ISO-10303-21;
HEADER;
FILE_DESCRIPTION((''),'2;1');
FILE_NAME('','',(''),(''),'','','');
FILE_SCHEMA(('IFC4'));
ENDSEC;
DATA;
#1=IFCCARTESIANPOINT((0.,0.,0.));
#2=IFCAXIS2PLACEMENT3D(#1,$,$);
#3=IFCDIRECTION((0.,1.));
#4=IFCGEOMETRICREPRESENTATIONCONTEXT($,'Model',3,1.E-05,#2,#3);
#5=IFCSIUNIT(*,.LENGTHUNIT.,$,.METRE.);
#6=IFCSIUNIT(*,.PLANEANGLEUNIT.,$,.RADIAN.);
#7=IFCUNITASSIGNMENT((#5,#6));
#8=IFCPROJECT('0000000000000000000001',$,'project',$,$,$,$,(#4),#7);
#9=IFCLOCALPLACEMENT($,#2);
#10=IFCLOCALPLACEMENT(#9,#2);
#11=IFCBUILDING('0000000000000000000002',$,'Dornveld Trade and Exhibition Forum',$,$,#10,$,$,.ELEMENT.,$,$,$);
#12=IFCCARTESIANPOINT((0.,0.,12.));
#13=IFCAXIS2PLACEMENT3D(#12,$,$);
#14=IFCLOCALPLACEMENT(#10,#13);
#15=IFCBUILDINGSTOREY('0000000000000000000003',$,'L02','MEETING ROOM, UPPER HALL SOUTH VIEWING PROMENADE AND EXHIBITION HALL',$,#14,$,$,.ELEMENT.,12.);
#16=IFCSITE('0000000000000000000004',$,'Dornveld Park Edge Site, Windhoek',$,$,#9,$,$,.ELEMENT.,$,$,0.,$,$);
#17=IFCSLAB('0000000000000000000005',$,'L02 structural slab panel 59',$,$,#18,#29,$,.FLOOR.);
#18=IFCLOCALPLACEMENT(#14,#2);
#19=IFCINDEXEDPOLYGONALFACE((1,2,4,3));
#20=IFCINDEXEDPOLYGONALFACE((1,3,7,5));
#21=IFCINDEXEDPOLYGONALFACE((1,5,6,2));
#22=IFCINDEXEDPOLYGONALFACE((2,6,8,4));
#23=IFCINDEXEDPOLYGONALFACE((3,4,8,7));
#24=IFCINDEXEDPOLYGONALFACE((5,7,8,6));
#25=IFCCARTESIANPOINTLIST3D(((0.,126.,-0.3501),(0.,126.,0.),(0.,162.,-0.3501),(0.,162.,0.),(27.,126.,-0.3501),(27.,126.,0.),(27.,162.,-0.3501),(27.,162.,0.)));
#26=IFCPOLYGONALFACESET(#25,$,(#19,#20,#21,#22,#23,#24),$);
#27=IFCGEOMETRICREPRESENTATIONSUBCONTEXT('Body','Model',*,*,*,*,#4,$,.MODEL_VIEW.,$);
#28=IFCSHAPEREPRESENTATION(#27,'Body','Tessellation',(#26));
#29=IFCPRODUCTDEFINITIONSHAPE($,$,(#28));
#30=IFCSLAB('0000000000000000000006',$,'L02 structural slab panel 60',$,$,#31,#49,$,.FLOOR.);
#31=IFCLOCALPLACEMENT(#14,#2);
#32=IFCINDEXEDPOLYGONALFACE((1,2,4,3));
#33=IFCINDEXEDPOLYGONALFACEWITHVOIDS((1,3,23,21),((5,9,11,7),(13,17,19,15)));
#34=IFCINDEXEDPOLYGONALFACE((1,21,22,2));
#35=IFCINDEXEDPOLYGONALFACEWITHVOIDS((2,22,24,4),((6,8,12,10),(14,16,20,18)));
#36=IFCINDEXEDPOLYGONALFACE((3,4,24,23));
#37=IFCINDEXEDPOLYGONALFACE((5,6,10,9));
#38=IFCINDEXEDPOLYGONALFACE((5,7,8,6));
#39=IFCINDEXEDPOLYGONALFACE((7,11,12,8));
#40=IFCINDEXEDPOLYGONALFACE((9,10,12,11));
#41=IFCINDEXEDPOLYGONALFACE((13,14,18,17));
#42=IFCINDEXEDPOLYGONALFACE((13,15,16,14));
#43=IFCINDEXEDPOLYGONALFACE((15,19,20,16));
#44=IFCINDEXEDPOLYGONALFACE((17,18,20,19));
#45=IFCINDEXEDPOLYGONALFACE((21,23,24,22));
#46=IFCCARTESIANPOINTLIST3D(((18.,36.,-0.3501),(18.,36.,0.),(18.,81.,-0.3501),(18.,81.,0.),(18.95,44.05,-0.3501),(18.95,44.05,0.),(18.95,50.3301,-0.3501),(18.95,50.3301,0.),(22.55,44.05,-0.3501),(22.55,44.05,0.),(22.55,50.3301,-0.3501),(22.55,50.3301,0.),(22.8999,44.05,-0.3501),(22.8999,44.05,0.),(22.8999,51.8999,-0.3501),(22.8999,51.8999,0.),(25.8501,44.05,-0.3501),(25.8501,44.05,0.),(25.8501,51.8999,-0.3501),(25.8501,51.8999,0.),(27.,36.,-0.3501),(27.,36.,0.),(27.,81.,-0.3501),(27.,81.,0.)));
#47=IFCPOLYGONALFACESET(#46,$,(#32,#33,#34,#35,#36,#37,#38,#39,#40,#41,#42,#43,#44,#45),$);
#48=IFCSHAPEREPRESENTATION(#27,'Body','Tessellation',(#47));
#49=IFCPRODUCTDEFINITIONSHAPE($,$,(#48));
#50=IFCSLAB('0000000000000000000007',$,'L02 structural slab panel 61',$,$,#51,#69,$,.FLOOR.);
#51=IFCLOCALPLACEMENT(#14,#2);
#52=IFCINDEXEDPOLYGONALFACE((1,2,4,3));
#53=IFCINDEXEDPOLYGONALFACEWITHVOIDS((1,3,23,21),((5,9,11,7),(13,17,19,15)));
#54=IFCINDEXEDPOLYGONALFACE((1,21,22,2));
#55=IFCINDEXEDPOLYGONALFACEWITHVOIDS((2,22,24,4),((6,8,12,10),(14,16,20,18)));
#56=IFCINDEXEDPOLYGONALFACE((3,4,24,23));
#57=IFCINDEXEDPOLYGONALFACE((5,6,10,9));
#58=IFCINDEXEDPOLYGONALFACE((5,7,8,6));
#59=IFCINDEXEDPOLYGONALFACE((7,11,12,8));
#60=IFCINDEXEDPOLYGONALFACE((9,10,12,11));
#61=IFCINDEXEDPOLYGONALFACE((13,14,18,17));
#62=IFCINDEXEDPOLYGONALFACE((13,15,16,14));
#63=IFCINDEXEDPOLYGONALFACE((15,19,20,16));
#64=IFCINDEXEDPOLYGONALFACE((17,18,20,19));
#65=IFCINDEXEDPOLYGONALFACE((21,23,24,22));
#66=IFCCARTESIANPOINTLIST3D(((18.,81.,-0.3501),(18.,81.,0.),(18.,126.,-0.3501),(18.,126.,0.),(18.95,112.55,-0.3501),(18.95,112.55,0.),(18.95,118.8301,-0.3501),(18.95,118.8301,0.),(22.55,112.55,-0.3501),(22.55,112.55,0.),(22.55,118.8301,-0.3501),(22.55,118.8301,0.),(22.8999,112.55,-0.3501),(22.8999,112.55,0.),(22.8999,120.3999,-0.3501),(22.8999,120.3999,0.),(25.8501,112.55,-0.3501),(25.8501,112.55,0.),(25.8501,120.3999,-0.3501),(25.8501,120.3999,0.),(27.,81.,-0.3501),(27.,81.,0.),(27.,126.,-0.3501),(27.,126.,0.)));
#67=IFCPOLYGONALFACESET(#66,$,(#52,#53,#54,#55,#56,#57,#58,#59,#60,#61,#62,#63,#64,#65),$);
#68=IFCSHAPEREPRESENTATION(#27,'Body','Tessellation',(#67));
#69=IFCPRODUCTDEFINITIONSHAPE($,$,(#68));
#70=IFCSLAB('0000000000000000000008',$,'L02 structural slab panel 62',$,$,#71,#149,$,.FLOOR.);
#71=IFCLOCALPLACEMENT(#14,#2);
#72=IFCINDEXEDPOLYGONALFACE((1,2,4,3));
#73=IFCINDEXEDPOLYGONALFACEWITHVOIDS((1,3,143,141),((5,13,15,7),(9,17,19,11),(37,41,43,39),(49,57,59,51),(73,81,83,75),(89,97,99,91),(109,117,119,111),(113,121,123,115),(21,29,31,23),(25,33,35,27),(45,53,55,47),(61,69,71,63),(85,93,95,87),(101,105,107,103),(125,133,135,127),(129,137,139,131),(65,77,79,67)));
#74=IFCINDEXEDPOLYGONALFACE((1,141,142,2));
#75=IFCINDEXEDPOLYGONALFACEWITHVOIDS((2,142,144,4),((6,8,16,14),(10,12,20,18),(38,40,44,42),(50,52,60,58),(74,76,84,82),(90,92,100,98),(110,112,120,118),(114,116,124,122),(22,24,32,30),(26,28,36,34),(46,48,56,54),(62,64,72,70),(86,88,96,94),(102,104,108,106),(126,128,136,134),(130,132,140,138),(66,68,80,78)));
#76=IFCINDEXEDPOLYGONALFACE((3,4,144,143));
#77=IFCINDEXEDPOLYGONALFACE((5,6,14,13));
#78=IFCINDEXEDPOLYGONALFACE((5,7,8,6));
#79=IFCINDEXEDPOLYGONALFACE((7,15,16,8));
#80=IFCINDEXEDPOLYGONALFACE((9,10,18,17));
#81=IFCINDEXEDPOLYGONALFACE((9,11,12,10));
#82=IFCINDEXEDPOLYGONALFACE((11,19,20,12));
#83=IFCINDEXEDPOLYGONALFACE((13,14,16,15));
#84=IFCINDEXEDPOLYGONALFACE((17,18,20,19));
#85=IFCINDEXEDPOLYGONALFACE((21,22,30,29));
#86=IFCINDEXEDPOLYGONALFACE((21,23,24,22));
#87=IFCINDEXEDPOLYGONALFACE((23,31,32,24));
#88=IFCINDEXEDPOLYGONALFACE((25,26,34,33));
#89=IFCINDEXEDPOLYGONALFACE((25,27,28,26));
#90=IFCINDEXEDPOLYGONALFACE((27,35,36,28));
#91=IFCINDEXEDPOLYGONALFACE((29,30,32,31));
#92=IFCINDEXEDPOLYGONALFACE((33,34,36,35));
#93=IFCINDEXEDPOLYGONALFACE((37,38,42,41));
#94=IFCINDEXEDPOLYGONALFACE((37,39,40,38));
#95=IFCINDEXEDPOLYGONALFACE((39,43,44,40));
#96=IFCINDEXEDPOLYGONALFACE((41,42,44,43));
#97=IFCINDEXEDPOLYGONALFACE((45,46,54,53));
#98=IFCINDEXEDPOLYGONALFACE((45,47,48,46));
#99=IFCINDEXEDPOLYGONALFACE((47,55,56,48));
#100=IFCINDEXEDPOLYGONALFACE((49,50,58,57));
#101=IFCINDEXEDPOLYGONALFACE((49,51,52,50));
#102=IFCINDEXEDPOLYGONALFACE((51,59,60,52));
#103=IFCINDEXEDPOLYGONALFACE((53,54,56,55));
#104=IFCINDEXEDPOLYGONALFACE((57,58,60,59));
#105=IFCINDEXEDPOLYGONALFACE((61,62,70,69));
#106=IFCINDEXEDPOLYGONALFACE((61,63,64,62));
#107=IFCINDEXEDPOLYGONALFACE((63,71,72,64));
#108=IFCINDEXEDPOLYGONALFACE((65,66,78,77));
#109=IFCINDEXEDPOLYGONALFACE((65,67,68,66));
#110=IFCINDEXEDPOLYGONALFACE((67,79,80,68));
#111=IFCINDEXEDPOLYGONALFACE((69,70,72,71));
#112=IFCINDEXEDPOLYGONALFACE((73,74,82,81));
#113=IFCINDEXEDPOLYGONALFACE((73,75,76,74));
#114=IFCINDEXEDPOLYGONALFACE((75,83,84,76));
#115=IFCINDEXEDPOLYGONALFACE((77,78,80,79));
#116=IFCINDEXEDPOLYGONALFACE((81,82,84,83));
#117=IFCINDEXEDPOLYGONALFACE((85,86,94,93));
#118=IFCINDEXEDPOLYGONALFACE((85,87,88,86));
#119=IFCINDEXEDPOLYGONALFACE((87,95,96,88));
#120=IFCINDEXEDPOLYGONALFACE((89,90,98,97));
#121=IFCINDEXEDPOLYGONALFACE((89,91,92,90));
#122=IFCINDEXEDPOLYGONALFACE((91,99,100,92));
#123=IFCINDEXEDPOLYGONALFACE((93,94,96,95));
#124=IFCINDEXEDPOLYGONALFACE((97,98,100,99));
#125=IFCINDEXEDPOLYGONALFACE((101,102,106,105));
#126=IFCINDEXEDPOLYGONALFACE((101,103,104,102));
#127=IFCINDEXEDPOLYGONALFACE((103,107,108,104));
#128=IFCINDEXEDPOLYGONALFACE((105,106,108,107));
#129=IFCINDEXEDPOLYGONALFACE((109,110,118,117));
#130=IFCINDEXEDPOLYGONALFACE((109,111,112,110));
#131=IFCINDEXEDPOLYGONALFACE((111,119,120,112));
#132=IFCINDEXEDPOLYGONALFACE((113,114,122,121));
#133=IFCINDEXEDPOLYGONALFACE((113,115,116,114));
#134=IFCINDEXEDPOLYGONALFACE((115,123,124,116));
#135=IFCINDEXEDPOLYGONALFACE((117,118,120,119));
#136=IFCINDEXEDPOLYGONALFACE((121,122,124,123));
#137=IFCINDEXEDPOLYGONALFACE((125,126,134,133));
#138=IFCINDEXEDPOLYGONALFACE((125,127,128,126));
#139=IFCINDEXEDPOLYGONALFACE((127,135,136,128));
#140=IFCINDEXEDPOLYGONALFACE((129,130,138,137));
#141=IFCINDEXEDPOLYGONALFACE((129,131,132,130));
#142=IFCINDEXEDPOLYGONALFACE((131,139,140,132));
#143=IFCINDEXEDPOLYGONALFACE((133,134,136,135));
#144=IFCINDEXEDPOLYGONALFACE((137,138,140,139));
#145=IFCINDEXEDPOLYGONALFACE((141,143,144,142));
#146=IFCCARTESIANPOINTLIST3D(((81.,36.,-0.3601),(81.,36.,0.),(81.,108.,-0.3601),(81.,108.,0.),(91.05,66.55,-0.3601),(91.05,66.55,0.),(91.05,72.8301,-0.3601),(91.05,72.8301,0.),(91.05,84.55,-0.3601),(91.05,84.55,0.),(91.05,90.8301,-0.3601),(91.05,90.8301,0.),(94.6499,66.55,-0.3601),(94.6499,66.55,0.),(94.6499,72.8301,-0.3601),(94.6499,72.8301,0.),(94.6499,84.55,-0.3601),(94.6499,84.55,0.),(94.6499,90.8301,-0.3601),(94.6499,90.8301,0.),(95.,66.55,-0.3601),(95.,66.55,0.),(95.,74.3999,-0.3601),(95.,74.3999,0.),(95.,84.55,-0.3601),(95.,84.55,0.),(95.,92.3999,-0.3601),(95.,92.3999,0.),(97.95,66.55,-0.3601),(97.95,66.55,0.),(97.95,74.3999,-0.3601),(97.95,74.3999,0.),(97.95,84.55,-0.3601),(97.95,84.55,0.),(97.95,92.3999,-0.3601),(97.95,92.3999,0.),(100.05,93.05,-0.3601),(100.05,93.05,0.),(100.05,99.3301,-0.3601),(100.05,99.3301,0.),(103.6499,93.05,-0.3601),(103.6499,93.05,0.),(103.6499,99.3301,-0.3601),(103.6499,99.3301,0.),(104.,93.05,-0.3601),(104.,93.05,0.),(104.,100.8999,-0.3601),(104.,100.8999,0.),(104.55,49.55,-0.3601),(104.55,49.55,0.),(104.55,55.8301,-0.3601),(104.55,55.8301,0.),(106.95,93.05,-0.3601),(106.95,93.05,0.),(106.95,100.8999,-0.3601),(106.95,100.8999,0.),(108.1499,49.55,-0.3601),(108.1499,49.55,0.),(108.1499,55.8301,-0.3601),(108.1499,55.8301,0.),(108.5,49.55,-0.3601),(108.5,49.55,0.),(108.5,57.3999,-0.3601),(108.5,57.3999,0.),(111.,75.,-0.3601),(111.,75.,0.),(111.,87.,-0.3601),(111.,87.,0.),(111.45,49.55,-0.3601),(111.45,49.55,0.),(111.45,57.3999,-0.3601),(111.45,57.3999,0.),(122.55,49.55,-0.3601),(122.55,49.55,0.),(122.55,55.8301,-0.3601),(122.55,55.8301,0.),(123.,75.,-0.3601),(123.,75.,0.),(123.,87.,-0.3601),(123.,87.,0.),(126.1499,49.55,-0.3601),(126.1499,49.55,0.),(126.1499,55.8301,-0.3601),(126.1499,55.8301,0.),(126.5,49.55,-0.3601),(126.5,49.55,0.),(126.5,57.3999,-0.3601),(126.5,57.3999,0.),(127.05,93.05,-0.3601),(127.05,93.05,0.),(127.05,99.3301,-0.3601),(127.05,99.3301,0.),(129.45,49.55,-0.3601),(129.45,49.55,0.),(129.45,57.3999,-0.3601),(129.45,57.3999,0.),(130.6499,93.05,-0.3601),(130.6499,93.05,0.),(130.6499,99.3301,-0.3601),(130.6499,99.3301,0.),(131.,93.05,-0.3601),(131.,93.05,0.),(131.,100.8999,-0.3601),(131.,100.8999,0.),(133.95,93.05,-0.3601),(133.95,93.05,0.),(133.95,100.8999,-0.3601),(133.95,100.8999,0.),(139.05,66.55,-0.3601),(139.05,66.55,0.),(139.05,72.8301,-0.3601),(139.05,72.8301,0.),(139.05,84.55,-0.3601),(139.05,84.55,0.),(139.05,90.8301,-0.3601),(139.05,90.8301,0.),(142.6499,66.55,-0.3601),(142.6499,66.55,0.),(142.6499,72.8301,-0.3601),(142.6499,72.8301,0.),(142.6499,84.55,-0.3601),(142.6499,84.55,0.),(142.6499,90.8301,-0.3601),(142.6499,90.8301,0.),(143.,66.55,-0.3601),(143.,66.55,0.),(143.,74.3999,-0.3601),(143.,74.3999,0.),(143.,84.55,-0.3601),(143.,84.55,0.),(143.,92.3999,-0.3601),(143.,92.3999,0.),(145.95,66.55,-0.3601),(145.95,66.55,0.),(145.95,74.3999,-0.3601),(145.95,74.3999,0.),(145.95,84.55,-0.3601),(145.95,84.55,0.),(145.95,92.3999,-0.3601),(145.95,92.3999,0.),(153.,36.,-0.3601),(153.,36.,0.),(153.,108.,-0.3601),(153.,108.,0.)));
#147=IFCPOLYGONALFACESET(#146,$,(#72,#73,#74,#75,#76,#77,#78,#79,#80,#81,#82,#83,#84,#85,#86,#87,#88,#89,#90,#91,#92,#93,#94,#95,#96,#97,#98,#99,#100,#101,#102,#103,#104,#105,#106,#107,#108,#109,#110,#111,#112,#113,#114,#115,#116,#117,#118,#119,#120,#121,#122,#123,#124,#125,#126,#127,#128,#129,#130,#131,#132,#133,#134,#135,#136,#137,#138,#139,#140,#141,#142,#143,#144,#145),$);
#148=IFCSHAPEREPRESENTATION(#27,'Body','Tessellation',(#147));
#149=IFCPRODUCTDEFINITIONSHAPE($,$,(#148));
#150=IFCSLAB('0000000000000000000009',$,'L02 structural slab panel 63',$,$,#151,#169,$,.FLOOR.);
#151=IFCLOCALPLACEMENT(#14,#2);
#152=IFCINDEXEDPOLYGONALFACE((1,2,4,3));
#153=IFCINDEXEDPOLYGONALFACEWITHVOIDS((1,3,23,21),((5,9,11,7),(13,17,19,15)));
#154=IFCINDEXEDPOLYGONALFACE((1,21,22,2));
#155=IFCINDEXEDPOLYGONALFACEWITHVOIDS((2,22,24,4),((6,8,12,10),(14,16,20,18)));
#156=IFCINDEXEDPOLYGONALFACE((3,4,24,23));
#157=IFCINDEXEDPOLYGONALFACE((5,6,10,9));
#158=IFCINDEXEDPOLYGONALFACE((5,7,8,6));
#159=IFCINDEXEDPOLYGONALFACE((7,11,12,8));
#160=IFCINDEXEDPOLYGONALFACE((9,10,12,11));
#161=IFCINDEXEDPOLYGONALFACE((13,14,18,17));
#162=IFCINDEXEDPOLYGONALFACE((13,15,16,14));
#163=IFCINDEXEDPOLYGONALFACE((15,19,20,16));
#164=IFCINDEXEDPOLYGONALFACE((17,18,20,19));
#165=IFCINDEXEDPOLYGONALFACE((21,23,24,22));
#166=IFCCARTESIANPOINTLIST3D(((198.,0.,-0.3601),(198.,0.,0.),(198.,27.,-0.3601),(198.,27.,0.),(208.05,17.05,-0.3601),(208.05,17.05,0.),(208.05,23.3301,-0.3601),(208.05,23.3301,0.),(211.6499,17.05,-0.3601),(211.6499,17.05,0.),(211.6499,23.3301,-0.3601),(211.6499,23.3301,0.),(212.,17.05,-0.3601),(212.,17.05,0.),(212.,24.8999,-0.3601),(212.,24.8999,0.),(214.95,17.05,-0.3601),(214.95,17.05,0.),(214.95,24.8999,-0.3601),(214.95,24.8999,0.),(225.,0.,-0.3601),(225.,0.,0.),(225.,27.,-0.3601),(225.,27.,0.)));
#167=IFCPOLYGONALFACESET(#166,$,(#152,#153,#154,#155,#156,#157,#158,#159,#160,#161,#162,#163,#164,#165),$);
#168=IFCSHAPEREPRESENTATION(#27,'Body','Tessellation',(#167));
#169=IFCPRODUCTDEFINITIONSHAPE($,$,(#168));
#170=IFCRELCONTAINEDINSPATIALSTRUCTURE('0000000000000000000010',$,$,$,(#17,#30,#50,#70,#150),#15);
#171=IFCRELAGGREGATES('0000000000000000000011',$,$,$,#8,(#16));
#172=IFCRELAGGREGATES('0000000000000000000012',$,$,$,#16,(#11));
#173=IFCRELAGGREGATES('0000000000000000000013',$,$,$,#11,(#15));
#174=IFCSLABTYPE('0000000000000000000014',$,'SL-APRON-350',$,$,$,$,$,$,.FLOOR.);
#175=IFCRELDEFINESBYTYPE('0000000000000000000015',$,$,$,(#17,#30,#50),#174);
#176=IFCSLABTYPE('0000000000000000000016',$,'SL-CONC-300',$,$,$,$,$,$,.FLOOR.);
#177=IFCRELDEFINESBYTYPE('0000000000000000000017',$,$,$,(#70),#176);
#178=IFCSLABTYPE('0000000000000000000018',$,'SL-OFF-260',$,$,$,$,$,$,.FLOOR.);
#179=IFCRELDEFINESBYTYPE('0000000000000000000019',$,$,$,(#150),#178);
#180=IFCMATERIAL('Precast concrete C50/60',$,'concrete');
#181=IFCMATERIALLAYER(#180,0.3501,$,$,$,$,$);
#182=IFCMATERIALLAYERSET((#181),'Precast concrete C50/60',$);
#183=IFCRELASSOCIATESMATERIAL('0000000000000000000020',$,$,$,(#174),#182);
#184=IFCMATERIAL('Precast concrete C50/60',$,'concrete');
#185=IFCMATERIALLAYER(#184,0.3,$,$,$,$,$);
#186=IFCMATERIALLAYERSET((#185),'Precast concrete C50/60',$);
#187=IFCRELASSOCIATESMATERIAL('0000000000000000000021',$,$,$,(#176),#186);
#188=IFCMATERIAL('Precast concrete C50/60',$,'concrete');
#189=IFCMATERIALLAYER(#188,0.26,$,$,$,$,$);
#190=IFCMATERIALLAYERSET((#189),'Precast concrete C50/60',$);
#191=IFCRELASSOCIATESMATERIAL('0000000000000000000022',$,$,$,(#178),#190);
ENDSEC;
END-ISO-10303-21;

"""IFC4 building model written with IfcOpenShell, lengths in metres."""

from ifc_helpers import new_model, si_unit, direction, frame, origin, place, context, subcontext, project, spatial, polyline, outline, extrude, material, layer, layer_set, type_object, element, save


model = new_model("IFC4")

# Units and contexts
model_context = context("Model", 3, precision=1e-05, world=origin(), true_north=direction((0.0, 1.0)))
body_context = subcontext(model_context, "Body", "Model", "MODEL_VIEW")
ifc_project = project(units=[si_unit("LENGTHUNIT", "METRE"), si_unit("PLANEANGLEUNIT", "RADIAN")], contexts=[model_context])

# Site, building, storey
site_placement = place(None, origin())
site = spatial("IfcSite", under=ifc_project, at=site_placement, Name="Dornveld Park Edge Site, Windhoek", CompositionType="ELEMENT", RefElevation=0.0)
building_placement = place(site_placement, origin())
building = spatial("IfcBuilding", under=site, at=building_placement, Name="Dornveld Trade and Exhibition Forum", CompositionType="ELEMENT")
storey_placement = place(building_placement, frame((0.0, 0.0, 12.0)))
storey = spatial("IfcBuildingStorey", under=building, at=storey_placement, Name="L02", Description="MEETING ROOM, UPPER HALL SOUTH VIEWING PROMENADE AND EXHIBITION HALL", CompositionType="ELEMENT", Elevation=12.0)

# Slabs
ifc_material_1 = material(Name="Precast concrete C50/60", Category="concrete")
ifc_layer_1 = layer(ifc_material_1, 0.3501)
ifc_layer_set_1 = layer_set([ifc_layer_1], Name="Precast concrete C50/60")
slab_type_1 = type_object("IfcSlabType", Name="SL-APRON-350", PredefinedType="FLOOR", material=ifc_layer_set_1)
slab_1_placement = place(storey_placement, frame((0.0, 0.0, -0.3501)))
element("IfcSlab", 1, at=slab_1_placement, inside=storey, type_object=slab_type_1, Name="L02 structural slab panel 59", PredefinedType="FLOOR", context=body_context, shape_type="SweptSolid", body=[
    extrude(outline(polyline([(0.0, 126.0), (27.0, 126.0), (27.0, 162.0), (0.0, 162.0), (0.0, 126.0)])), origin(), (0.0, 0.0, 1.0), 0.3501),
])
slab_2_placement = place(storey_placement, frame((0.0, 0.0, -0.3501)))
element("IfcSlab", 2, at=slab_2_placement, inside=storey, type_object=slab_type_1, Name="L02 structural slab panel 60", PredefinedType="FLOOR", context=body_context, shape_type="SweptSolid", body=[
    extrude(outline(polyline([(18.0, 36.0), (27.0, 36.0), (27.0, 81.0), (18.0, 81.0), (18.0, 36.0)]), holes=[polyline([(18.95, 44.05), (22.55, 44.05), (22.55, 50.3301), (18.95, 50.3301), (18.95, 44.05)]), polyline([(22.8999, 44.05), (25.8501, 44.05), (25.8501, 51.8999), (22.8999, 51.8999), (22.8999, 44.05)])]), origin(), (0.0, 0.0, 1.0), 0.3501),
])
slab_3_placement = place(storey_placement, frame((0.0, 0.0, -0.3501)))
element("IfcSlab", 3, at=slab_3_placement, inside=storey, type_object=slab_type_1, Name="L02 structural slab panel 61", PredefinedType="FLOOR", context=body_context, shape_type="SweptSolid", body=[
    extrude(outline(polyline([(18.0, 81.0), (27.0, 81.0), (27.0, 126.0), (18.0, 126.0), (18.0, 81.0)]), holes=[polyline([(18.95, 112.55), (22.55, 112.55), (22.55, 118.8301), (18.95, 118.8301), (18.95, 112.55)]), polyline([(22.8999, 112.55), (25.8501, 112.55), (25.8501, 120.3999), (22.8999, 120.3999), (22.8999, 112.55)])]), origin(), (0.0, 0.0, 1.0), 0.3501),
])
ifc_material_2 = material(Name="Precast concrete C50/60", Category="concrete")
ifc_layer_2 = layer(ifc_material_2, 0.3)
ifc_layer_set_2 = layer_set([ifc_layer_2], Name="Precast concrete C50/60")
slab_type_2 = type_object("IfcSlabType", Name="SL-CONC-300", PredefinedType="FLOOR", material=ifc_layer_set_2)
slab_4_placement = place(storey_placement, frame((0.0, 0.0, -0.3601)))
element("IfcSlab", 4, at=slab_4_placement, inside=storey, type_object=slab_type_2, Name="L02 structural slab panel 62", PredefinedType="FLOOR", context=body_context, shape_type="SweptSolid", body=[
    extrude(outline(polyline([(81.0, 36.0), (153.0, 36.0), (153.0, 108.0), (81.0, 108.0), (81.0, 36.0)]), holes=[polyline([(139.05, 84.55), (142.6499, 84.55), (142.6499, 90.8301), (139.05, 90.8301), (139.05, 84.55)]), polyline([(143.0, 84.55), (145.95, 84.55), (145.95, 92.3999), (143.0, 92.3999), (143.0, 84.55)]), polyline([(127.05, 93.05), (130.6499, 93.05), (130.6499, 99.3301), (127.05, 99.3301), (127.05, 93.05)]), polyline([(131.0, 93.05), (133.95, 93.05), (133.95, 100.8999), (131.0, 100.8999), (131.0, 93.05)]), polyline([(100.05, 93.05), (103.6499, 93.05), (103.6499, 99.3301), (100.05, 99.3301), (100.05, 93.05)]), polyline([(104.0, 93.05), (106.95, 93.05), (106.95, 100.8999), (104.0, 100.8999), (104.0, 93.05)]), polyline([(91.05, 84.55), (94.6499, 84.55), (94.6499, 90.8301), (91.05, 90.8301), (91.05, 84.55)]), polyline([(95.0, 84.55), (97.95, 84.55), (97.95, 92.3999), (95.0, 92.3999), (95.0, 84.55)]), polyline([(91.05, 66.55), (94.6499, 66.55), (94.6499, 72.8301), (91.05, 72.8301), (91.05, 66.55)]), polyline([(95.0, 66.55), (97.95, 66.55), (97.95, 74.3999), (95.0, 74.3999), (95.0, 66.55)]), polyline([(104.55, 49.55), (108.1499, 49.55), (108.1499, 55.8301), (104.55, 55.8301), (104.55, 49.55)]), polyline([(108.5, 49.55), (111.45, 49.55), (111.45, 57.3999), (108.5, 57.3999), (108.5, 49.55)]), polyline([(122.55, 49.55), (126.1499, 49.55), (126.1499, 55.8301), (122.55, 55.8301), (122.55, 49.55)]), polyline([(126.5, 49.55), (129.45, 49.55), (129.45, 57.3999), (126.5, 57.3999), (126.5, 49.55)]), polyline([(139.05, 66.55), (142.6499, 66.55), (142.6499, 72.8301), (139.05, 72.8301), (139.05, 66.55)]), polyline([(143.0, 66.55), (145.95, 66.55), (145.95, 74.3999), (143.0, 74.3999), (143.0, 66.55)]), polyline([(111.0, 75.0), (123.0, 75.0), (123.0, 87.0), (111.0, 87.0), (111.0, 75.0)])]), origin(), (0.0, 0.0, 1.0), 0.3601),
])
ifc_material_3 = material(Name="Precast concrete C50/60", Category="concrete")
ifc_layer_3 = layer(ifc_material_3, 0.26)
ifc_layer_set_3 = layer_set([ifc_layer_3], Name="Precast concrete C50/60")
slab_type_3 = type_object("IfcSlabType", Name="SL-OFF-260", PredefinedType="FLOOR", material=ifc_layer_set_3)
slab_5_placement = place(storey_placement, frame((0.0, 0.0, -0.3601)))
element("IfcSlab", 5, at=slab_5_placement, inside=storey, type_object=slab_type_3, Name="L02 structural slab panel 63", PredefinedType="FLOOR", context=body_context, shape_type="SweptSolid", body=[
    extrude(outline(polyline([(198.0, 0.0), (225.0, 0.0), (225.0, 27.0), (198.0, 27.0), (198.0, 0.0)]), holes=[polyline([(208.05, 17.05), (211.6499, 17.05), (211.6499, 23.3301), (208.05, 23.3301), (208.05, 17.05)]), polyline([(212.0, 17.05), (214.95, 17.05), (214.95, 24.8999), (212.0, 24.8999), (212.0, 17.05)])]), origin(), (0.0, 0.0, 1.0), 0.3601),
])

save(model, "model.ifc")
